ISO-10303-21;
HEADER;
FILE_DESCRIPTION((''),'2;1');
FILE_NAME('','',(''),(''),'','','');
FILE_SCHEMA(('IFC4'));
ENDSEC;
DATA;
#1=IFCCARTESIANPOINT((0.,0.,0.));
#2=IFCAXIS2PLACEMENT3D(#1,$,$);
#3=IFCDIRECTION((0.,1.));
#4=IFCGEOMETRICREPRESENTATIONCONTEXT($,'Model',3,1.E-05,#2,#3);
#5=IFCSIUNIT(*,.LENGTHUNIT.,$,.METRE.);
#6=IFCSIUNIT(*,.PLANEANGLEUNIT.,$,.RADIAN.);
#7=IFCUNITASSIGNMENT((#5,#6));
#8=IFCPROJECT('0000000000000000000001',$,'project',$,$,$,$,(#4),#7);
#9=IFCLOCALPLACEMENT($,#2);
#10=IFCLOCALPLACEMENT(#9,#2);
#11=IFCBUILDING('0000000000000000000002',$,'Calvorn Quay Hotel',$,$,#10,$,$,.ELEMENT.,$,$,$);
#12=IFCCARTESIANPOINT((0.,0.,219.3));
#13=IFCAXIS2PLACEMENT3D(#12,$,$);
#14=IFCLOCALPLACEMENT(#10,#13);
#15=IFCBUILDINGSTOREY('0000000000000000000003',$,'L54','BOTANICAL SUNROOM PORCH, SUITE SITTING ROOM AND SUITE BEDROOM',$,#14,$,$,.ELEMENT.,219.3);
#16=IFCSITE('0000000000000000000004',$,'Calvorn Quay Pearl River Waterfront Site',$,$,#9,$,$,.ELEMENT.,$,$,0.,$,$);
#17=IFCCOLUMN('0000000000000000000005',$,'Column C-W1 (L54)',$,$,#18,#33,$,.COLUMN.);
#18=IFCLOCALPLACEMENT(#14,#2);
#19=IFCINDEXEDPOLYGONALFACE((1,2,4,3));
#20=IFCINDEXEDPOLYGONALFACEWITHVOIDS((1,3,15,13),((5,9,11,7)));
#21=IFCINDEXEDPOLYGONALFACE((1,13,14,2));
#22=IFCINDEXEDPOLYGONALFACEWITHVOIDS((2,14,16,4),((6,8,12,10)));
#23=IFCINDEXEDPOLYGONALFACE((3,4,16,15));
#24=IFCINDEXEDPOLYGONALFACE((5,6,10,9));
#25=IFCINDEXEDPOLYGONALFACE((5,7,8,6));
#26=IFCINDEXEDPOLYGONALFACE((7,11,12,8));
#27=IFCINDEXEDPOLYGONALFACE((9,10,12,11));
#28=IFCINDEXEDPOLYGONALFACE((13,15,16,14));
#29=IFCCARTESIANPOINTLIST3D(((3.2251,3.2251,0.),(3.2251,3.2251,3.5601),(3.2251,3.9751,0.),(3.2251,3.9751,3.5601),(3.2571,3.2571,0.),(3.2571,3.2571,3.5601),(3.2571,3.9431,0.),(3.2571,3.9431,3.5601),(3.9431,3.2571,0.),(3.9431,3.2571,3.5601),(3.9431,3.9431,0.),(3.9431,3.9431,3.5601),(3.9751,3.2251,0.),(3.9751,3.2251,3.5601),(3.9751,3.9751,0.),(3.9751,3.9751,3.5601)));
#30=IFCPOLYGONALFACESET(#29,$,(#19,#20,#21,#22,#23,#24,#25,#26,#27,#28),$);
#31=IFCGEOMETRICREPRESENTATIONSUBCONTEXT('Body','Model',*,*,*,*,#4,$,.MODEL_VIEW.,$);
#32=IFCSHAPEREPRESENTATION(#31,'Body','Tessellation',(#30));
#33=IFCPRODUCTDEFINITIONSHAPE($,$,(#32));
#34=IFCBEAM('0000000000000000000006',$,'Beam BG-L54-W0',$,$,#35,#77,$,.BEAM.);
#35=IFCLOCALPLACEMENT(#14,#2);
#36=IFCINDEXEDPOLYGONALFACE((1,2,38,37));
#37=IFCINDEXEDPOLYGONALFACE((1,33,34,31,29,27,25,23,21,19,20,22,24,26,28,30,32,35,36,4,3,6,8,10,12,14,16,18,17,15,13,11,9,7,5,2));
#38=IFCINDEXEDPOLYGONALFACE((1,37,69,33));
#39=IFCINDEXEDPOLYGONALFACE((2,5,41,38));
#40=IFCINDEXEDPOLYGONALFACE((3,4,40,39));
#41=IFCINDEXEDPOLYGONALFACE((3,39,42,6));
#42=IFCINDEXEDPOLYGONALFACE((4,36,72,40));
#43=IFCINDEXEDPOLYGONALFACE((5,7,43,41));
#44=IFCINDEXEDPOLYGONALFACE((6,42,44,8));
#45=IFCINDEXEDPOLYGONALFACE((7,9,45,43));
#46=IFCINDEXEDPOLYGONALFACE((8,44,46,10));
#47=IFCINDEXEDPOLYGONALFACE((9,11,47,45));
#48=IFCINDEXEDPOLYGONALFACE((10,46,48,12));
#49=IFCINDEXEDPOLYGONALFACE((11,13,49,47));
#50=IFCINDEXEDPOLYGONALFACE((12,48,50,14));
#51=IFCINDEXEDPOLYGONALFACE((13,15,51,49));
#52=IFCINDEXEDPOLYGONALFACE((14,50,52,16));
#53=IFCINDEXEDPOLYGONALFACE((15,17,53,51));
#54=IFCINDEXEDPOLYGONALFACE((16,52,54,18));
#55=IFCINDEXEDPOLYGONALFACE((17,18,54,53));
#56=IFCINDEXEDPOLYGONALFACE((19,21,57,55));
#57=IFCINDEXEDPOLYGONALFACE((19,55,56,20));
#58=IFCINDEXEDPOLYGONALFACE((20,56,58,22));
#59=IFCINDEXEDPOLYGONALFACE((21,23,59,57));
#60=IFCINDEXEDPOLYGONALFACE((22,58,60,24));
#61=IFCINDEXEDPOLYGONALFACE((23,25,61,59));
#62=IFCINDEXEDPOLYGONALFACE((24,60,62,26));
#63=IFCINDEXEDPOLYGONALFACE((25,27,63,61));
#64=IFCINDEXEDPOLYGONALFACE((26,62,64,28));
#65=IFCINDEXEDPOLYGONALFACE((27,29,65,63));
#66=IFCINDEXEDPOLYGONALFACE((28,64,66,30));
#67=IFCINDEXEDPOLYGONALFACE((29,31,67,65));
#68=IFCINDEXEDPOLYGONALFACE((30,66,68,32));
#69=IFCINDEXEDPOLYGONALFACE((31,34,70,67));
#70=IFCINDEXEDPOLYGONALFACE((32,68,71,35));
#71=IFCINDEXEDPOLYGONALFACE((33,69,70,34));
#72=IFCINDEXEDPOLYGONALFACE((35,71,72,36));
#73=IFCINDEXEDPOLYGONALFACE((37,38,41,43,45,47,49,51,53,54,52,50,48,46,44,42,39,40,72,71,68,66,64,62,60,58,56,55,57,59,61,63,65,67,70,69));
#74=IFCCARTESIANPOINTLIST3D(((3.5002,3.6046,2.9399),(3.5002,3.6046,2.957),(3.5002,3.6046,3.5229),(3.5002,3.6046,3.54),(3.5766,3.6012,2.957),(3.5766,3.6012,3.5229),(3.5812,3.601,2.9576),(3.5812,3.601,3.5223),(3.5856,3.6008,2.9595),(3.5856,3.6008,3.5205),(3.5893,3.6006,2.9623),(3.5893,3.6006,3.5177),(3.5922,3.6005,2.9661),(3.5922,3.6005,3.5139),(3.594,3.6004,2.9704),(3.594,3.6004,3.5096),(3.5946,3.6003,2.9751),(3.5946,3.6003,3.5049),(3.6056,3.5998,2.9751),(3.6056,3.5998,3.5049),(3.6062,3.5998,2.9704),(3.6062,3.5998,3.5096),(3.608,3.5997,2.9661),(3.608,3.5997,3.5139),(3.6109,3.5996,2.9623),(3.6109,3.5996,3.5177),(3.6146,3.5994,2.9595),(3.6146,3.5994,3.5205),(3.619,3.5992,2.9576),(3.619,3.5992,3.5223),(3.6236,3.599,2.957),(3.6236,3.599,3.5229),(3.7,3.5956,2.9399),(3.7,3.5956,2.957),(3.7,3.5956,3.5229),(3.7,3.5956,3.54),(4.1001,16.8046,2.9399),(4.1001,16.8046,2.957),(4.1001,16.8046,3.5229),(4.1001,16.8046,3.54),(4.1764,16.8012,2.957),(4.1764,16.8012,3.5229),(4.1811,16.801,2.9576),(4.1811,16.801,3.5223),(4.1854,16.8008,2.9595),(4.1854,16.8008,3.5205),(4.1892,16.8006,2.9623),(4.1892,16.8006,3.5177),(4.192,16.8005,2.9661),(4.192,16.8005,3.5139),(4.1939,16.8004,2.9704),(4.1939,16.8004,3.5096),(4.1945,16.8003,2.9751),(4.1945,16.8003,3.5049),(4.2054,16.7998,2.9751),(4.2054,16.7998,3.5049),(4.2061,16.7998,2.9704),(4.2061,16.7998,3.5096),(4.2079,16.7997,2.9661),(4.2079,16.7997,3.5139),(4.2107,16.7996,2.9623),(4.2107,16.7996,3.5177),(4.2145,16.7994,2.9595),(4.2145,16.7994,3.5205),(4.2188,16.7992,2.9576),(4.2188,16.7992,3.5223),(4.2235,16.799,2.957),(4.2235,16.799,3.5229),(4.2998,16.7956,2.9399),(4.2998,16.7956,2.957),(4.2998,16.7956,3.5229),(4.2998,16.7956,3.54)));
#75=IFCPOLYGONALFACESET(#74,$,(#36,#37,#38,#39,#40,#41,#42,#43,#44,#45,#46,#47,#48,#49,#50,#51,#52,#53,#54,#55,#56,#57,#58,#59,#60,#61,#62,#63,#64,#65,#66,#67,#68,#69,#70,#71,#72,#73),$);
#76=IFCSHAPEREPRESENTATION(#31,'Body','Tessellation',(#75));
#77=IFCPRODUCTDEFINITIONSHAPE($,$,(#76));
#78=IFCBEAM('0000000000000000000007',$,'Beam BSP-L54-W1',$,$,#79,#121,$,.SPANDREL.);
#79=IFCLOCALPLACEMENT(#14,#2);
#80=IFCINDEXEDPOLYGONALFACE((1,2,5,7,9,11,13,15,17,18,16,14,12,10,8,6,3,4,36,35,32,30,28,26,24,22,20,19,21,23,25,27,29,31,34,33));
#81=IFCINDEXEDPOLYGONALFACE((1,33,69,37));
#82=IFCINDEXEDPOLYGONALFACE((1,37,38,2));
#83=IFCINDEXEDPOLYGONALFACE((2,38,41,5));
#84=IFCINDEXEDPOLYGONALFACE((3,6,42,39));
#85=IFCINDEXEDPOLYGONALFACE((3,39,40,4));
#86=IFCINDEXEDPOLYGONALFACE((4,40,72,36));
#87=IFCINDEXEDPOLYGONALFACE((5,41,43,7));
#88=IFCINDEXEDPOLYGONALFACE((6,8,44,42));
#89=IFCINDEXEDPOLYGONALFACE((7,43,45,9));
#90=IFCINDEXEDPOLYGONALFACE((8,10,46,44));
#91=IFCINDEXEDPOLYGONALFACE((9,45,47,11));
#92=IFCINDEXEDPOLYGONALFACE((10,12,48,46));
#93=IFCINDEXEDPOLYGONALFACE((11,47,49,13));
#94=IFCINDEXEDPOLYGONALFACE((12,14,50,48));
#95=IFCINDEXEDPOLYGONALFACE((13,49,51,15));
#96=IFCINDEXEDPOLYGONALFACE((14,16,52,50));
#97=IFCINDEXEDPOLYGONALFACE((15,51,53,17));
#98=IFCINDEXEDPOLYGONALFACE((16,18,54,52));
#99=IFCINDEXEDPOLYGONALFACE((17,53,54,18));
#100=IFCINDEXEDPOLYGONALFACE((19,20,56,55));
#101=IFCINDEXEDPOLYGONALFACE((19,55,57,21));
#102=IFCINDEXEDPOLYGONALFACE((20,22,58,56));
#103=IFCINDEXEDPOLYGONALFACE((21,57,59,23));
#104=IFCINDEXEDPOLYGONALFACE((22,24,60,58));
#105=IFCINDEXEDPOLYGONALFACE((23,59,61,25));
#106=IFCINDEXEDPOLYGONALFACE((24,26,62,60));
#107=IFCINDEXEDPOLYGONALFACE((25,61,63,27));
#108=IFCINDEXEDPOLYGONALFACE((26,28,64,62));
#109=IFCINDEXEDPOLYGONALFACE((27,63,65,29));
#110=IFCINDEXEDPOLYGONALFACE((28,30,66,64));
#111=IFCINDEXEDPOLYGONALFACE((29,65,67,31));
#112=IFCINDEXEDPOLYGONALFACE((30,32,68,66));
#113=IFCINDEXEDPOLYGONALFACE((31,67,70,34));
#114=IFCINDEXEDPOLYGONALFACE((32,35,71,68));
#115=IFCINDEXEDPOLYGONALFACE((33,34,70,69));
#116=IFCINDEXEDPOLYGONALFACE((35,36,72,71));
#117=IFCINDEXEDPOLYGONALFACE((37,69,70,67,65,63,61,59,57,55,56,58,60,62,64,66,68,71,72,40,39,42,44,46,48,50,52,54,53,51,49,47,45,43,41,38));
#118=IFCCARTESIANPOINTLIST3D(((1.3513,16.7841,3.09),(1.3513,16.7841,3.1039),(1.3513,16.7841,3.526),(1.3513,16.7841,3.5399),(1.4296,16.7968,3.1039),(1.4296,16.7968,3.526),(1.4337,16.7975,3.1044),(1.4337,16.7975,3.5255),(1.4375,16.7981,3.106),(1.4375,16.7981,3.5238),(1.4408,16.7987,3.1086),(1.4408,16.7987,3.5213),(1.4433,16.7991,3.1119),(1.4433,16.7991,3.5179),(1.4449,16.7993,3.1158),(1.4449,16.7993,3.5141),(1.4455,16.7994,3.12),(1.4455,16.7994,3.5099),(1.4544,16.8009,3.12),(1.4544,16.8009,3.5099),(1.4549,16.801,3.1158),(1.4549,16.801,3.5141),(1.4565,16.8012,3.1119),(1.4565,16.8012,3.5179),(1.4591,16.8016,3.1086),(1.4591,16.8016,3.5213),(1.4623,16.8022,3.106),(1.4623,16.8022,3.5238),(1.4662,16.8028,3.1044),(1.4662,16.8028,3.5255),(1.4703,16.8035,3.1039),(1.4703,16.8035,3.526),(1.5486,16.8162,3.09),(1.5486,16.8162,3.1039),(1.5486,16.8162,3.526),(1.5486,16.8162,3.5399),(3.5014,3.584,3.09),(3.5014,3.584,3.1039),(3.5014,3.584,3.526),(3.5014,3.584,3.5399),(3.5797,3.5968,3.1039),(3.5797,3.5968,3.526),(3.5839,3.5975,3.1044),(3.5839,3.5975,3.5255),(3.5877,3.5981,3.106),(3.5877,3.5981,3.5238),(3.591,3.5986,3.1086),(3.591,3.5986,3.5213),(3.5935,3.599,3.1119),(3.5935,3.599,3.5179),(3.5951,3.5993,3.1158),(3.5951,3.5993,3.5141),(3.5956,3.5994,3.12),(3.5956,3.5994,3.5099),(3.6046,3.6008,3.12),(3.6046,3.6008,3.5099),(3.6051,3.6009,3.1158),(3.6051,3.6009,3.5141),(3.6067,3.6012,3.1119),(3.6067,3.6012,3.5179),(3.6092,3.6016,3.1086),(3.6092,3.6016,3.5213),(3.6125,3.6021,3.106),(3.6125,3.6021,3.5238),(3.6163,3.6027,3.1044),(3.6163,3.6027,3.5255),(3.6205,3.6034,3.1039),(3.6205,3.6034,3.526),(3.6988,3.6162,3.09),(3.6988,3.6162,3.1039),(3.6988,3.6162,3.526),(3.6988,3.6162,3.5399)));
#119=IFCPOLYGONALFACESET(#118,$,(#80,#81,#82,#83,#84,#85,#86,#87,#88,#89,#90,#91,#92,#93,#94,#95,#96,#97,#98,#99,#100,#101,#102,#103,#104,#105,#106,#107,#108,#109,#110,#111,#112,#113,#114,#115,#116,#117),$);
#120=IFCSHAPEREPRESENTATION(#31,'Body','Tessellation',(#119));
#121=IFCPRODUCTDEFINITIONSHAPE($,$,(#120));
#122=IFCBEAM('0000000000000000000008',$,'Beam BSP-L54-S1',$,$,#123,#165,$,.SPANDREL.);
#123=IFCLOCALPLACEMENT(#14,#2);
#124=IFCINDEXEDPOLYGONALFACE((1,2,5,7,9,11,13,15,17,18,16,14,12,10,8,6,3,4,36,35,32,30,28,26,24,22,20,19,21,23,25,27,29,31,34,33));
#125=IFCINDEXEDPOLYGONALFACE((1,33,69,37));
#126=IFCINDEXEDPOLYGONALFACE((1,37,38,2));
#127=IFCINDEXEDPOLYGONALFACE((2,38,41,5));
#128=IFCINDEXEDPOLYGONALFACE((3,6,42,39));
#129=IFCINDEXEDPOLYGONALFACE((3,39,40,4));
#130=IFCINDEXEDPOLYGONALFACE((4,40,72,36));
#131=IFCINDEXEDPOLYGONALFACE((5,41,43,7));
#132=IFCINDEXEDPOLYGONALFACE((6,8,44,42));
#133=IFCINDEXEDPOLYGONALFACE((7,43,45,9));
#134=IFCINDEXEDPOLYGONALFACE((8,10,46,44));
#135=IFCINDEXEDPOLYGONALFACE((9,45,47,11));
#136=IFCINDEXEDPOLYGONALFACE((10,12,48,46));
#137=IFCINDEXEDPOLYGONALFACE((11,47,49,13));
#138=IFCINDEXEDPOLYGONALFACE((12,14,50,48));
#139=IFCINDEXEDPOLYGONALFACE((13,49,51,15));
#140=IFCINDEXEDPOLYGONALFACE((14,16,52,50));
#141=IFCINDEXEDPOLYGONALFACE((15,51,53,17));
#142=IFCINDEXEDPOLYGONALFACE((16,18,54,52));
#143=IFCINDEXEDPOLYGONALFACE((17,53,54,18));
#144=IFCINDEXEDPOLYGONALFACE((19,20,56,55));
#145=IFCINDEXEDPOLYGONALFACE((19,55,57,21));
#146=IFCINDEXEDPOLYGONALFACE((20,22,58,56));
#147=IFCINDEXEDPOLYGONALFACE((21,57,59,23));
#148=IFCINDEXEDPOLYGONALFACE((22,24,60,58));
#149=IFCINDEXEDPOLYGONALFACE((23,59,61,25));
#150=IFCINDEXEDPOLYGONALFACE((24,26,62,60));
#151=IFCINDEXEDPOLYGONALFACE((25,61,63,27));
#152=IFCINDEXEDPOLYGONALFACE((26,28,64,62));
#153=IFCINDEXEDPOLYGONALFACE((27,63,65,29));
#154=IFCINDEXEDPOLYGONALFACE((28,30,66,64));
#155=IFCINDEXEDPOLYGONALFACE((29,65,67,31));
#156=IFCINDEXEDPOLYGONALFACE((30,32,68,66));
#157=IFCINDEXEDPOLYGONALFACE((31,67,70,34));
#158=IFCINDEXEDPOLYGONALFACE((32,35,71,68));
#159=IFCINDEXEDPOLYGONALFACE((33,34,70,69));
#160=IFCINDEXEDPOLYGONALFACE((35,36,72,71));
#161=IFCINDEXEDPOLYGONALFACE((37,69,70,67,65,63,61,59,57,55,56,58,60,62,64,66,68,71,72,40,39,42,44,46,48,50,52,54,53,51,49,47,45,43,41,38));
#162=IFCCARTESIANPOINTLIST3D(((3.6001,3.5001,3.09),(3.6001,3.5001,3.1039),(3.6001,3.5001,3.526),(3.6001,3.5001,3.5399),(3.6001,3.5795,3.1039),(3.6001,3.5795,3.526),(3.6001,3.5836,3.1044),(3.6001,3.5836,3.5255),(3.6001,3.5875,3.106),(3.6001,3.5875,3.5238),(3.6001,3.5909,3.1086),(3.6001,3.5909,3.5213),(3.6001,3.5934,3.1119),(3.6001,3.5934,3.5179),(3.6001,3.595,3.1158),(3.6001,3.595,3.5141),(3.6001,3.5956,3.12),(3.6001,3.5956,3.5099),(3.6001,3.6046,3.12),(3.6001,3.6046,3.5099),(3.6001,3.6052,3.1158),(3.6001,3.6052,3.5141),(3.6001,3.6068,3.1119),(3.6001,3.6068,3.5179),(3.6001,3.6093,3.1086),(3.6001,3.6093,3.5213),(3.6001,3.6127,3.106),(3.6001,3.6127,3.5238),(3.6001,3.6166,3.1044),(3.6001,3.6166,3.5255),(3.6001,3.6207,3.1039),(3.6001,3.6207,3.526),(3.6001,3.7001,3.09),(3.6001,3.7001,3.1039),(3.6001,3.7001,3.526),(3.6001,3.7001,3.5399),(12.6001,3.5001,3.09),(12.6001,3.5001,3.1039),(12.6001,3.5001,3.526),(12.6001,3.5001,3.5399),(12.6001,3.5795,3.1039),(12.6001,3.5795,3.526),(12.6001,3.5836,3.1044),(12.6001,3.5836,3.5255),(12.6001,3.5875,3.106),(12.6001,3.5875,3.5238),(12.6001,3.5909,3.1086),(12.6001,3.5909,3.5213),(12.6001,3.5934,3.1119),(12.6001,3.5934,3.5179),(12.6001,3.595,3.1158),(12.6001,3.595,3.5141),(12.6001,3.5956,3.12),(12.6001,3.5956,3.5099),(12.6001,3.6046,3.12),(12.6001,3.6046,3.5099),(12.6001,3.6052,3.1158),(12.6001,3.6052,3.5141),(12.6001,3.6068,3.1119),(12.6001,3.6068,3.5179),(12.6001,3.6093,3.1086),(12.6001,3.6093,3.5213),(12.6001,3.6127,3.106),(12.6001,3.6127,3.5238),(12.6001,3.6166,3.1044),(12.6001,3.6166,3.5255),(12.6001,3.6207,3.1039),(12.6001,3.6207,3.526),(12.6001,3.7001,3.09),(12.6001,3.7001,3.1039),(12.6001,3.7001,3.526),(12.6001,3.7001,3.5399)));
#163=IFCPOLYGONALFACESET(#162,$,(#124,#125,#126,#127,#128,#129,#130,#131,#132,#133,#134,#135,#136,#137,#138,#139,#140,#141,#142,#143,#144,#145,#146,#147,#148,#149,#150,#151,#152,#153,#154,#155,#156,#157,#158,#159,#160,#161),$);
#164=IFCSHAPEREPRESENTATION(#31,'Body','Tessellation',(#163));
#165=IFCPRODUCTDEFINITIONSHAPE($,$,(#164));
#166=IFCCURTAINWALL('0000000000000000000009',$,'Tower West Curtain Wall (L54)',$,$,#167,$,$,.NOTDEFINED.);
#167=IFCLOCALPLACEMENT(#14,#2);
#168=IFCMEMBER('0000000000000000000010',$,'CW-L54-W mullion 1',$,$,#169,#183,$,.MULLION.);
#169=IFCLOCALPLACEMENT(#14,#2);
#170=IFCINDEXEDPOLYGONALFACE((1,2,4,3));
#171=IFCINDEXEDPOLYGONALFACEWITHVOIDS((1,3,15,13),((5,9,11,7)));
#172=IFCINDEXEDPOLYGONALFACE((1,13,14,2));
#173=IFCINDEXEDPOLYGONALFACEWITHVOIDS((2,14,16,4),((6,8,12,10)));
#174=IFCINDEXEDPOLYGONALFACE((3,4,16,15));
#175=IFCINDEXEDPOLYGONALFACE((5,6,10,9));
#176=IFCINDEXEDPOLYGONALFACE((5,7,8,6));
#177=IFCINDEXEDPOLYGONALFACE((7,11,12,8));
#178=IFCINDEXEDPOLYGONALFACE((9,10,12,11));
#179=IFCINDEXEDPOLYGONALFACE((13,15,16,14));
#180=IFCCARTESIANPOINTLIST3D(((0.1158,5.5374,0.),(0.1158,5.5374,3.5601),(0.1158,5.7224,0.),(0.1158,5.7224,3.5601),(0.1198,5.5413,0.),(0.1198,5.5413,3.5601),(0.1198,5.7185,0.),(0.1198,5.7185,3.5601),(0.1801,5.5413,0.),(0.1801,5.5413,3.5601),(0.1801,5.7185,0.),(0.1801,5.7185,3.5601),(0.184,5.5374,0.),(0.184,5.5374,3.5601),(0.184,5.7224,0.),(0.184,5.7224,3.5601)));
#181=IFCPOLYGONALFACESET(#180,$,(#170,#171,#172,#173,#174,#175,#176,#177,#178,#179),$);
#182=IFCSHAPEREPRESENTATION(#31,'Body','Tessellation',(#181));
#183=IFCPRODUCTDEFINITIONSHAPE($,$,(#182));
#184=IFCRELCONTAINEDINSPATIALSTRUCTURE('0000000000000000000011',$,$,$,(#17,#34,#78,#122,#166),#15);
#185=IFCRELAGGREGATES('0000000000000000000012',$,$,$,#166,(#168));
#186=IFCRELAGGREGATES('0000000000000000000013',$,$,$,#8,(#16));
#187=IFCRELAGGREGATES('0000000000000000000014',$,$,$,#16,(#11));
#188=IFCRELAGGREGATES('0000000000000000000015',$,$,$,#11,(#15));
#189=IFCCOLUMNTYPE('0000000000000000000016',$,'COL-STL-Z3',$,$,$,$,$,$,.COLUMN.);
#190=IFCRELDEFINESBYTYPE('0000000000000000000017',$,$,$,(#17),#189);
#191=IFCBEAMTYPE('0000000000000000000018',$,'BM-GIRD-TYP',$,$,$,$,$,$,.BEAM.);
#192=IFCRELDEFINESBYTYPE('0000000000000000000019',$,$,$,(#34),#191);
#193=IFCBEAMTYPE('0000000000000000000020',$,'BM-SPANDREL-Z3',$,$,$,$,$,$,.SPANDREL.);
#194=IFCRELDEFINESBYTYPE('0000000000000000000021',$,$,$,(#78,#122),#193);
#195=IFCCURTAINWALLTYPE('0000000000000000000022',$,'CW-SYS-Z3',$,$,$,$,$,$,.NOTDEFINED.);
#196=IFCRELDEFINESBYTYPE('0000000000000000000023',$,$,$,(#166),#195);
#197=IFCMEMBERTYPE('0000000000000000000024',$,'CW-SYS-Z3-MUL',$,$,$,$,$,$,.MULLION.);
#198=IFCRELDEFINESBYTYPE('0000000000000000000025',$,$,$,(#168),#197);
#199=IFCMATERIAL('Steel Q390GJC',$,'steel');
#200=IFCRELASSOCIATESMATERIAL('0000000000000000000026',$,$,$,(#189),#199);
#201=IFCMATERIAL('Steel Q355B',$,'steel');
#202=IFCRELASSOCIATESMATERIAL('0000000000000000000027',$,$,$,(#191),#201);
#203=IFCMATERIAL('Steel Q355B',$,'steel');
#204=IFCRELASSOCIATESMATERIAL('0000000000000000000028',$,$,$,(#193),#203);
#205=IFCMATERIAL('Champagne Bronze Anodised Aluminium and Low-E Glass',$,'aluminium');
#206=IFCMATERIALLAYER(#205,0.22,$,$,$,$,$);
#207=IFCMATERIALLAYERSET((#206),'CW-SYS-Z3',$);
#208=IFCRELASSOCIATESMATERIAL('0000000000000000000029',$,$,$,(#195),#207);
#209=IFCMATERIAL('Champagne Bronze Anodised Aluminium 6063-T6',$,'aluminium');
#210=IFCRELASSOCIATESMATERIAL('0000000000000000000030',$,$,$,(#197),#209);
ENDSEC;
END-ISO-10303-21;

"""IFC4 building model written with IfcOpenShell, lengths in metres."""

from ifc_helpers import new_model, si_unit, direction, frame, origin, origin_2d, place, context, subcontext, project, spatial, hollow_rectangle, i_section, extrude, material, layer, layer_set, material_profile, profile_set, type_object, element, aggregate, save


model = new_model("IFC4")

# Units and contexts
model_context = context("Model", 3, precision=1e-05, world=origin(), true_north=direction((0.0, 1.0)))
body_context = subcontext(model_context, "Body", "Model", "MODEL_VIEW")
ifc_project = project(units=[si_unit("LENGTHUNIT", "METRE"), si_unit("PLANEANGLEUNIT", "RADIAN")], contexts=[model_context])

# Site, building, storey
site_placement = place(None, origin())
site = spatial("IfcSite", under=ifc_project, at=site_placement, Name="Calvorn Quay Pearl River Waterfront Site", CompositionType="ELEMENT", RefElevation=0.0)
building_placement = place(site_placement, origin())
building = spatial("IfcBuilding", under=site, at=building_placement, Name="Calvorn Quay Hotel", CompositionType="ELEMENT")
storey_placement = place(building_placement, frame((0.0, 0.0, 219.3)))
storey = spatial("IfcBuildingStorey", under=building, at=storey_placement, Name="L54", Description="BOTANICAL SUNROOM PORCH, SUITE SITTING ROOM AND SUITE BEDROOM", CompositionType="ELEMENT", Elevation=219.3)

# Column
ifc_material_1 = material(Name="Steel Q390GJC", Category="steel")
ifc_material_profile_1 = material_profile(ifc_material_1, hollow_rectangle(XDim=0.75, YDim=0.75, WallThickness=0.032, at=origin_2d()), Name="BOX750x750x32")
ifc_profile_set_1 = profile_set([ifc_material_profile_1], Name="Steel Q390GJC")
column_type = type_object("IfcColumnType", Name="COL-STL-Z3", PredefinedType="COLUMN", material=ifc_profile_set_1)
column_placement = place(storey_placement, frame((3.6001, 3.6001, 0.0), z_axis=(0.0, 0.0, 1.0), x_axis=(1.0, 0.0, 0.0)))
element("IfcColumn", 1, at=column_placement, inside=storey, type_object=column_type, Name="Column C-W1 (L54)", PredefinedType="COLUMN", context=body_context, shape_type="SweptSolid", body=[
    extrude(hollow_rectangle(XDim=0.75, YDim=0.75, WallThickness=0.032, at=origin_2d()), origin(), (0.0, 0.0, 1.0), 3.5601),
])

# Beams
ifc_material_2 = material(Name="Steel Q355B", Category="steel")
ifc_material_profile_2 = material_profile(ifc_material_2, i_section(OverallWidth=0.2, OverallDepth=0.6001, WebThickness=0.011, FlangeThickness=0.0171, FilletRadius=0.0181, at=origin_2d()), Name="HN600x200x11x17")
ifc_profile_set_2 = profile_set([ifc_material_profile_2], Name="Steel Q355B")
beam_type_1 = type_object("IfcBeamType", Name="BM-GIRD-TYP", PredefinedType="BEAM", material=ifc_profile_set_2)
beam_1_placement = place(storey_placement, frame((3.6001, 3.6001, 3.24), z_axis=(0.045397, 0.998969, 0.0), x_axis=(-0.998969, 0.045397, 0.0)))
element("IfcBeam", 2, at=beam_1_placement, inside=storey, type_object=beam_type_1, Name="Beam BG-L54-W0", PredefinedType="BEAM", context=body_context, shape_type="SweptSolid", body=[
    extrude(i_section(OverallWidth=0.2, OverallDepth=0.6001, WebThickness=0.011, FlangeThickness=0.0171, FilletRadius=0.0181, at=origin_2d()), origin(), (0.0, 0.0, 1.0), 13.2136),
])
ifc_material_3 = material(Name="Steel Q355B", Category="steel")
ifc_material_profile_3 = material_profile(ifc_material_3, i_section(OverallWidth=0.2, OverallDepth=0.45, WebThickness=0.009, FlangeThickness=0.0139, FilletRadius=0.0161, at=origin_2d()), Name="HN450x200x9x14")
ifc_profile_set_3 = profile_set([ifc_material_profile_3], Name="Steel Q355B")
beam_type_2 = type_object("IfcBeamType", Name="BM-SPANDREL-Z3", PredefinedType="SPANDREL", material=ifc_profile_set_3)
beam_2_placement = place(storey_placement, frame((3.6001, 3.6001, 3.3149), z_axis=(-0.160772, 0.986992, 0.0), x_axis=(-0.986992, -0.160772, 0.0)))
element("IfcBeam", 3, at=beam_2_placement, inside=storey, type_object=beam_type_2, Name="Beam BSP-L54-W1", PredefinedType="SPANDREL", context=body_context, shape_type="SweptSolid", body=[
    extrude(i_section(OverallWidth=0.2, OverallDepth=0.45, WebThickness=0.009, FlangeThickness=0.0139, FilletRadius=0.0161, at=origin_2d()), origin(), (0.0, 0.0, 1.0), 13.374),
])
beam_3_placement = place(storey_placement, frame((3.6001, 3.6001, 3.3149), z_axis=(1.0, 0.0, 0.0), x_axis=(0.0, 1.0, 0.0)))
element("IfcBeam", 4, at=beam_3_placement, inside=storey, type_object=beam_type_2, Name="Beam BSP-L54-S1", PredefinedType="SPANDREL", context=body_context, shape_type="SweptSolid", body=[
    extrude(i_section(OverallWidth=0.2, OverallDepth=0.45, WebThickness=0.009, FlangeThickness=0.0139, FilletRadius=0.0161, at=origin_2d()), origin(), (0.0, 0.0, 1.0), 9.0),
])

# Curtain wall, member
ifc_material_4 = material(Name="Champagne Bronze Anodised Aluminium and Low-E Glass", Category="aluminium")
ifc_layer_1 = layer(ifc_material_4, 0.22)
ifc_layer_set_1 = layer_set([ifc_layer_1], Name="CW-SYS-Z3")
curtain_wall_type = type_object("IfcCurtainWallType", Name="CW-SYS-Z3", PredefinedType="NOTDEFINED", material=ifc_layer_set_1)
curtain_wall_placement = place(storey_placement, origin())
curtain_wall = element("IfcCurtainWall", 5, at=curtain_wall_placement, inside=storey, type_object=curtain_wall_type, Name="Tower West Curtain Wall (L54)", PredefinedType="NOTDEFINED")
ifc_material_5 = material(Name="Champagne Bronze Anodised Aluminium 6063-T6", Category="aluminium")
ifc_material_profile_4 = material_profile(ifc_material_5, hollow_rectangle(XDim=0.0681, YDim=0.1851, WallThickness=0.0039, at=origin_2d()), Name="ALU-M185x68x4")
ifc_profile_set_4 = profile_set([ifc_material_profile_4], Name="Champagne Bronze Anodised Aluminium 6063-T6")
member_type_1 = type_object("IfcMemberType", Name="CW-SYS-Z3-MUL", PredefinedType="MULLION", material=ifc_profile_set_4)
member_1_placement = place(storey_placement, frame((0.1499, 5.6299, 0.0), z_axis=(0.0, 0.0, 1.0), x_axis=(-1.0, 0.0, 0.0)))
member_1 = element("IfcMember", 6, at=member_1_placement, type_object=member_type_1, Name="CW-L54-W mullion 1", PredefinedType="MULLION", context=body_context, shape_type="SweptSolid", body=[
    extrude(hollow_rectangle(XDim=0.0681, YDim=0.1851, WallThickness=0.0039, at=origin_2d()), origin(), (0.0, 0.0, 1.0), 3.5601),
])
aggregate(curtain_wall, [member_1])

save(model, "model.ifc")
